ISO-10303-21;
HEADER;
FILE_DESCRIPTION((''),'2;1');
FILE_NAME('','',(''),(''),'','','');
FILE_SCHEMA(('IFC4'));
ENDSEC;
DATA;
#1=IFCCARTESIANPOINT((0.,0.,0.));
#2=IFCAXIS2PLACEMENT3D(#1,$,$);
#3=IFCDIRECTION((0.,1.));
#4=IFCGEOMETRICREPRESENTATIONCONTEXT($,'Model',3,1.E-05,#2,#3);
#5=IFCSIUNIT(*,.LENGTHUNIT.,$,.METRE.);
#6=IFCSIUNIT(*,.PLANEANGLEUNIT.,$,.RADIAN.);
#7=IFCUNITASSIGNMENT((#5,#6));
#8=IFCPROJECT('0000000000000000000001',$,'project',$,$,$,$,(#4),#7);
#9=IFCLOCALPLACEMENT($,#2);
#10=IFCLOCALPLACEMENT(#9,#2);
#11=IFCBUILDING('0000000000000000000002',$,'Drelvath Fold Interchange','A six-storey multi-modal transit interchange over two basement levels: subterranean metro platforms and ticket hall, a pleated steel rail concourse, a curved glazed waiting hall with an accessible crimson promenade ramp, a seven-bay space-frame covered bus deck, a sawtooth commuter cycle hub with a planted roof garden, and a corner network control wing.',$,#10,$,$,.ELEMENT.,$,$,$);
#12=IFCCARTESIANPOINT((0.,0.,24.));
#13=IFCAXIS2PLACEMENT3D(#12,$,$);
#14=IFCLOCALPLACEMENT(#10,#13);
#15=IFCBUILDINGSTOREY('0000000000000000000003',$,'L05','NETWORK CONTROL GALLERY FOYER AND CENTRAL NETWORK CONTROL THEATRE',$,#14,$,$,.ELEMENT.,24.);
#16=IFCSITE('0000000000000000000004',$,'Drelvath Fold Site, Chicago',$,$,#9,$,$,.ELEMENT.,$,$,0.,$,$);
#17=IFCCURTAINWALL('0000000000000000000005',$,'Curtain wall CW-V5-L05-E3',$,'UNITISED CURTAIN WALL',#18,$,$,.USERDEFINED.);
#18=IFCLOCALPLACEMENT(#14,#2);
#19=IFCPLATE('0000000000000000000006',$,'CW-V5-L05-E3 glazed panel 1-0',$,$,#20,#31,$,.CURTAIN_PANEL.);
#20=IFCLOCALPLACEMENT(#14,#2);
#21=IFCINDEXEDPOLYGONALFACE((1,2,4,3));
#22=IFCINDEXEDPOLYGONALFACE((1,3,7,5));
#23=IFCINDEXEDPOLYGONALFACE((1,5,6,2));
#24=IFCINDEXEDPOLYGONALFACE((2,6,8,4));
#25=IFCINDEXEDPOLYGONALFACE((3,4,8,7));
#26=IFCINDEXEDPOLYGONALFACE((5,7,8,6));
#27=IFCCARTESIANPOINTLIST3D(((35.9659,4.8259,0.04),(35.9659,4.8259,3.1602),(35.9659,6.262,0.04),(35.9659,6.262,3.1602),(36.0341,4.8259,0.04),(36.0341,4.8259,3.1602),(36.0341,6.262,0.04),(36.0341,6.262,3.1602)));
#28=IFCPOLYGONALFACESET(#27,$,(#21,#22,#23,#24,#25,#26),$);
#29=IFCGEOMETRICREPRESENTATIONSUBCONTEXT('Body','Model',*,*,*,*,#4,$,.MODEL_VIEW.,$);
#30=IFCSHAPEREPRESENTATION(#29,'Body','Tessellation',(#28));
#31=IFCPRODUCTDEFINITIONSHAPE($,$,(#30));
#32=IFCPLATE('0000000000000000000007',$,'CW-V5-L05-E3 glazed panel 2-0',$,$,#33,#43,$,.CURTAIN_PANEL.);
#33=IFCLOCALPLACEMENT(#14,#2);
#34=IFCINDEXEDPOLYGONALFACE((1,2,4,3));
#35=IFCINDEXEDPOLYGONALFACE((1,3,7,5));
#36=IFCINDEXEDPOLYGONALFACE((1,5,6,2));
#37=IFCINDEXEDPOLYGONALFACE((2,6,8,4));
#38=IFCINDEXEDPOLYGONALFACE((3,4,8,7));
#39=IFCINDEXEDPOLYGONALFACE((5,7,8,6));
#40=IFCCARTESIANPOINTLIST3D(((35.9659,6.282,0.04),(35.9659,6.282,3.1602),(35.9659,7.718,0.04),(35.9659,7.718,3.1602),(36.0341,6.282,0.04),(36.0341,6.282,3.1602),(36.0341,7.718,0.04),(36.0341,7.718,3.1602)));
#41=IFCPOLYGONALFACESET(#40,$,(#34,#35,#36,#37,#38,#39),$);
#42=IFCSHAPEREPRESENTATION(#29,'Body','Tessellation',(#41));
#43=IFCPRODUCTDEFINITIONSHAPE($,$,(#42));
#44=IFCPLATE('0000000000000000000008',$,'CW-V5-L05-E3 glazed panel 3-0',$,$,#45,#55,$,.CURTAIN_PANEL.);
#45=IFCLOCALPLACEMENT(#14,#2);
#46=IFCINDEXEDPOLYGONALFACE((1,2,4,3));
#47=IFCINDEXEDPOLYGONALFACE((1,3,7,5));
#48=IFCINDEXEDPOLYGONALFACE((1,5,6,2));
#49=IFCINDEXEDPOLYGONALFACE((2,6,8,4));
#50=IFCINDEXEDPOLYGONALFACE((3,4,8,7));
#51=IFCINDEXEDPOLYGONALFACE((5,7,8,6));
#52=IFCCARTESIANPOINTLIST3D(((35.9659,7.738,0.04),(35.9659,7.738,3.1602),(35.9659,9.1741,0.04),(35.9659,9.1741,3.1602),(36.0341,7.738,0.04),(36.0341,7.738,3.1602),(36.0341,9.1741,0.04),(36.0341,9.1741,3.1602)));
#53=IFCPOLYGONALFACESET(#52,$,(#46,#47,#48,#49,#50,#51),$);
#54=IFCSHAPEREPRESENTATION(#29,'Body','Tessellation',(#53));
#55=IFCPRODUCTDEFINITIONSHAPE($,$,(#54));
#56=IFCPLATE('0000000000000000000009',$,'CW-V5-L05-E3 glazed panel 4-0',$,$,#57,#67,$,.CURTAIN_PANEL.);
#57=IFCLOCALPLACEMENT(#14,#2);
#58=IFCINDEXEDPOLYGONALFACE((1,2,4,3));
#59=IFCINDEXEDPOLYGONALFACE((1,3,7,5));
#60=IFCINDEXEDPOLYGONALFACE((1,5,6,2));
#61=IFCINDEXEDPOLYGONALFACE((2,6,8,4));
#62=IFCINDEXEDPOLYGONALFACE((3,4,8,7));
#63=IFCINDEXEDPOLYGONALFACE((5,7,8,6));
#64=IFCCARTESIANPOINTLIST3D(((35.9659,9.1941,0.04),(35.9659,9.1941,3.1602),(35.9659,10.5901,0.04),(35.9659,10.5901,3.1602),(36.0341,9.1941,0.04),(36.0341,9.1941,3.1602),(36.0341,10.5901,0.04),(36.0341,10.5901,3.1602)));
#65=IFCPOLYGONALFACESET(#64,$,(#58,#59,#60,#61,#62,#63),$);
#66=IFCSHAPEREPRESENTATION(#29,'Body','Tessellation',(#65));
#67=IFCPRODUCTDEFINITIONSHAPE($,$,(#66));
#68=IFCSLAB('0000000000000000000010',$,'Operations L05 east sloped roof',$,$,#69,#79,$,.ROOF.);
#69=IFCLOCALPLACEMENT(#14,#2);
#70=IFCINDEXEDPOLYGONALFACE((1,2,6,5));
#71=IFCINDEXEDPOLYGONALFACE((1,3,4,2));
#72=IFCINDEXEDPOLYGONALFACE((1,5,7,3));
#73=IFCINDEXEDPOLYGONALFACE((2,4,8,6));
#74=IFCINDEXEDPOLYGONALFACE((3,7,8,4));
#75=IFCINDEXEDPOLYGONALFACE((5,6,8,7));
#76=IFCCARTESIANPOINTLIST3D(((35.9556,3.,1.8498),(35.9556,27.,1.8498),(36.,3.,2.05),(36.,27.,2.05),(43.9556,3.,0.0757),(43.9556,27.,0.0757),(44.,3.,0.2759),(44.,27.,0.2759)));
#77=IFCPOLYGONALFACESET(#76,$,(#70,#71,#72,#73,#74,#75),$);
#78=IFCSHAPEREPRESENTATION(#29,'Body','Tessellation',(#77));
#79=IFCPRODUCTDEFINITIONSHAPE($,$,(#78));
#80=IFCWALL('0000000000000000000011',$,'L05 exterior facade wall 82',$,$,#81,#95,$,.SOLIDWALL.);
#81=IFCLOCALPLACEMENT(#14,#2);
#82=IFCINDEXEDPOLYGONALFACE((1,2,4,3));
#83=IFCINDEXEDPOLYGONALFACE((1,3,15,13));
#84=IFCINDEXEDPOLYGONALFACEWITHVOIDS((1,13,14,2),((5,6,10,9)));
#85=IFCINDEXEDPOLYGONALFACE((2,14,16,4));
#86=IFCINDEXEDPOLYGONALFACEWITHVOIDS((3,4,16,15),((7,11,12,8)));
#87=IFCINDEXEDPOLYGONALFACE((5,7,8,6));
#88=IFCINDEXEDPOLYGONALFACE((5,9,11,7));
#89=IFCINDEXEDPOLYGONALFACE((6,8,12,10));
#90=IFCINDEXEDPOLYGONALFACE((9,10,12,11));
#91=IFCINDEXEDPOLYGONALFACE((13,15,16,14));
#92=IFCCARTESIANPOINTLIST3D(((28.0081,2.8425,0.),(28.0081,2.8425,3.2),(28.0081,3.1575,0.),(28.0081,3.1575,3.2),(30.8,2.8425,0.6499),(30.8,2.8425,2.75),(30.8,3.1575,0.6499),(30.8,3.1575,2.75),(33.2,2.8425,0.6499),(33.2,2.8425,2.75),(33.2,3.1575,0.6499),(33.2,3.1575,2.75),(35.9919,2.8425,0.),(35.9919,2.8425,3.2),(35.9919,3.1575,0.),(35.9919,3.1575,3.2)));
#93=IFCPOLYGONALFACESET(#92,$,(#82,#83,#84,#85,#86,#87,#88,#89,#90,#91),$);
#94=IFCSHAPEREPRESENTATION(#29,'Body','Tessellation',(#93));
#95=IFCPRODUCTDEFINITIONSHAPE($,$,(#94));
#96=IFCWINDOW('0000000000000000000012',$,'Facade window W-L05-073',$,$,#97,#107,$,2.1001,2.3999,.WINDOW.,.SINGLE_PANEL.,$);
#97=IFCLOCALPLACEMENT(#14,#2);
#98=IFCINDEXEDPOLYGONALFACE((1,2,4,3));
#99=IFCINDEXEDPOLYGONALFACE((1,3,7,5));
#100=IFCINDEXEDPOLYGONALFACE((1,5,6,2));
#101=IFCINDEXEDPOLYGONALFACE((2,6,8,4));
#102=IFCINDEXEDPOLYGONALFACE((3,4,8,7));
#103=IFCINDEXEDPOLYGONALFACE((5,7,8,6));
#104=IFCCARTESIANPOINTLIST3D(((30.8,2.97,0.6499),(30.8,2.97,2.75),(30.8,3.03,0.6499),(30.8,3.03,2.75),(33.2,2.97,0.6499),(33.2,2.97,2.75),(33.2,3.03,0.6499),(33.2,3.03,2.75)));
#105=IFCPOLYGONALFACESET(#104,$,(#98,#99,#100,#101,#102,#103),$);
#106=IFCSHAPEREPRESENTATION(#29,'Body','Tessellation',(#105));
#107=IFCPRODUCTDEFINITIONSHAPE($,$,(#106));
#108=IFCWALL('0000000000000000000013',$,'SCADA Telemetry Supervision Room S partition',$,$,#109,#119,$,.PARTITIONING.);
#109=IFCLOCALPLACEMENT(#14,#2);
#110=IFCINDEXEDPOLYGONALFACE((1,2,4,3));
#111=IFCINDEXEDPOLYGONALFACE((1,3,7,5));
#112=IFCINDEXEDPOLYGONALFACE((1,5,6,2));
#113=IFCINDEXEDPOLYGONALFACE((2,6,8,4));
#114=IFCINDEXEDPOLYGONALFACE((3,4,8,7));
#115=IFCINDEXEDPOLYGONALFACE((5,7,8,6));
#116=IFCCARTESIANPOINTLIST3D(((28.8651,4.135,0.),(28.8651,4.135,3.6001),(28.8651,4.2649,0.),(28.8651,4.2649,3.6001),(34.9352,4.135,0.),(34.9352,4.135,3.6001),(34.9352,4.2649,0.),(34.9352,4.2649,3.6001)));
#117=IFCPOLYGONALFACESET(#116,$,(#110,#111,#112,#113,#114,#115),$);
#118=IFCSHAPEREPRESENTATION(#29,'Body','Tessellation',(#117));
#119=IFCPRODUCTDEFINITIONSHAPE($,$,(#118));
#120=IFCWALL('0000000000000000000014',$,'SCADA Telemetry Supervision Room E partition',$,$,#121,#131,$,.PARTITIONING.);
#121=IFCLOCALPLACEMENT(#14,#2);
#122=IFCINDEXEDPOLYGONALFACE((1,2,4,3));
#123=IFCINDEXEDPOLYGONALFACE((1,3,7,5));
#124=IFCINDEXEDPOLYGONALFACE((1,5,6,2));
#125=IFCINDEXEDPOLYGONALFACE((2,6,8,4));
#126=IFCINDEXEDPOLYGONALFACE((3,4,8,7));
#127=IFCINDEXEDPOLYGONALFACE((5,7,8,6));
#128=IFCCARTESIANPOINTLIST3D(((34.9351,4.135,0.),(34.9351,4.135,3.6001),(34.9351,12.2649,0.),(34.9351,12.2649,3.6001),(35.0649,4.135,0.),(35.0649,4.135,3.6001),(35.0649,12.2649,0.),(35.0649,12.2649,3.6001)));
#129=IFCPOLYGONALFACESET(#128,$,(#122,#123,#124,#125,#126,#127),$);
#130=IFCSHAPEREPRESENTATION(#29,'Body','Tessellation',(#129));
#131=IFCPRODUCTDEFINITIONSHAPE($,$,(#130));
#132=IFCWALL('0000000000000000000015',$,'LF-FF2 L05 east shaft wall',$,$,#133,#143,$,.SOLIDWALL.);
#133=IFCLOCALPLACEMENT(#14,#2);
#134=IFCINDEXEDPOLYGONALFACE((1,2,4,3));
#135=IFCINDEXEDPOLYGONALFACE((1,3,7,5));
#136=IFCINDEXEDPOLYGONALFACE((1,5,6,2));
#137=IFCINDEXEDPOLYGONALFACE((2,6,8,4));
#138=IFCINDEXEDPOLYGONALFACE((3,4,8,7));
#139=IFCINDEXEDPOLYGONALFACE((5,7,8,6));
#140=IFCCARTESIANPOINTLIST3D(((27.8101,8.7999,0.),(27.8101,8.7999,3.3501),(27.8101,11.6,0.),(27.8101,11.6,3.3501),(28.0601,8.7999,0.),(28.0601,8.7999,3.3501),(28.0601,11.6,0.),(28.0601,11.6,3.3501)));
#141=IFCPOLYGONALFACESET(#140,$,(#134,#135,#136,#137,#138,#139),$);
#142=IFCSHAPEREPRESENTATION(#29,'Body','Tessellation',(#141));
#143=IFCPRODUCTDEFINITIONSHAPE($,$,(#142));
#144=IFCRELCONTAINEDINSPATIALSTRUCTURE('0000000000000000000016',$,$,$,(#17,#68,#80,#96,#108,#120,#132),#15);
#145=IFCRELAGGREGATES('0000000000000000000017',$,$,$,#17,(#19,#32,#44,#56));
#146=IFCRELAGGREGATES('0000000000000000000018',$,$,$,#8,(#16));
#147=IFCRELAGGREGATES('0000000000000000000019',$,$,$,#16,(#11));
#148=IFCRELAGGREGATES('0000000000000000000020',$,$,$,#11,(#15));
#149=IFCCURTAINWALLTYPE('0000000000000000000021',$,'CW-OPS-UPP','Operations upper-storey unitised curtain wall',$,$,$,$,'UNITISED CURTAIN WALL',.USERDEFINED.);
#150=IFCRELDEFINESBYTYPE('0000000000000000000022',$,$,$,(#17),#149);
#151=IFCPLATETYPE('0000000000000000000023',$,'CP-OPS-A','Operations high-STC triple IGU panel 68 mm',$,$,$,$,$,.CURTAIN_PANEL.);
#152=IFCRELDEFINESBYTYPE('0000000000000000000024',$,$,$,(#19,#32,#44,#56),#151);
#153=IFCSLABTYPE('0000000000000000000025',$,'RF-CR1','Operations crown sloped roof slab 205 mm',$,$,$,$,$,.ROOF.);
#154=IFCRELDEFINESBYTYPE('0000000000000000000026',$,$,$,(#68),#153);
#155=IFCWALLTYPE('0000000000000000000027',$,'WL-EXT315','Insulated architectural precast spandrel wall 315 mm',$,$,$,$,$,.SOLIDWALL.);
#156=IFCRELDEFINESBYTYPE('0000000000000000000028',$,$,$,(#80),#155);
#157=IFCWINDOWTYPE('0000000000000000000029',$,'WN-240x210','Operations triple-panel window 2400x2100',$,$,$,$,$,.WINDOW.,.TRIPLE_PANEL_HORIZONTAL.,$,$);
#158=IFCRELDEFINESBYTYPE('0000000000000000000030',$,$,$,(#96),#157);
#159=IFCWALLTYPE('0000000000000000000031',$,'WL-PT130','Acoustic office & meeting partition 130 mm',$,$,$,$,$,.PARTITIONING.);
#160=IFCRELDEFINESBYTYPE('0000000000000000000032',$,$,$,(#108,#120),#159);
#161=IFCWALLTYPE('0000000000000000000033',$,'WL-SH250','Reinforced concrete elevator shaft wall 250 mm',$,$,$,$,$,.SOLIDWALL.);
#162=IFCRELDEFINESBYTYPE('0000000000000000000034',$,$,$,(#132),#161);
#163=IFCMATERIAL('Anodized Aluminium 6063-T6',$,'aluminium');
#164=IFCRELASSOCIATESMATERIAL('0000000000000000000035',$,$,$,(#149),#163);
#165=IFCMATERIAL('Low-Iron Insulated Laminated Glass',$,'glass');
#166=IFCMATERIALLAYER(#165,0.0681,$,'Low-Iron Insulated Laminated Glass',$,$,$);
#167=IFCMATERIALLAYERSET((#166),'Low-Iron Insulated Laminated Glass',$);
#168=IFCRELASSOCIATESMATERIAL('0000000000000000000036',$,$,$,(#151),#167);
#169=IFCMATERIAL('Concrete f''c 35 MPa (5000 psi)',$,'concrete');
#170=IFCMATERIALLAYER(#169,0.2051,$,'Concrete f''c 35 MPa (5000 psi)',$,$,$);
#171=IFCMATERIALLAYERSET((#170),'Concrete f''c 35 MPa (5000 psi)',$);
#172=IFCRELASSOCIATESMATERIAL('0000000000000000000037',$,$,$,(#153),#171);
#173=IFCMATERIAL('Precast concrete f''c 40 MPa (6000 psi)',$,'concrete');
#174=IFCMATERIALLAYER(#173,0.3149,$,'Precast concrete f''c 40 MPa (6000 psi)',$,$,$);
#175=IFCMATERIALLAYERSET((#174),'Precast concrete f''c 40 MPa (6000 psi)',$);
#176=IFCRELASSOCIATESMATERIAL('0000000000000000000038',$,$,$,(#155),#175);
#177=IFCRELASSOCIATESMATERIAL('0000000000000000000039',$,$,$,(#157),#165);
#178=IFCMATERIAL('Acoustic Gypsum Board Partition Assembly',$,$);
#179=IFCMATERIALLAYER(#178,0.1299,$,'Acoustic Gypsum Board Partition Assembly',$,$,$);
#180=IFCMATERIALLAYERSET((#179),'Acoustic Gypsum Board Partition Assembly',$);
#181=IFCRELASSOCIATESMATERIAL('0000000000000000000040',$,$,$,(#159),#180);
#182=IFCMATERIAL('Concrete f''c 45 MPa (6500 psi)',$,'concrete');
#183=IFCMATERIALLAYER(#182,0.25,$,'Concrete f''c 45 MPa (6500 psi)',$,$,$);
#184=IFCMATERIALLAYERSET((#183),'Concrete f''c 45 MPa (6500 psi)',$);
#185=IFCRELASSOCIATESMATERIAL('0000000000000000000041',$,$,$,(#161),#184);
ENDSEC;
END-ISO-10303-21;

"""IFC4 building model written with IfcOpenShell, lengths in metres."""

from ifc_helpers import new_model, si_unit, direction, frame, frame_2d, origin, origin_2d, place, context, subcontext, project, spatial, polyline, rectangle, outline, extrude, material, layer, layer_set, type_object, element, fill, aggregate, save


model = new_model("IFC4")

# Units and contexts
model_context = context("Model", 3, precision=1e-05, world=origin(), true_north=direction((0.0, 1.0)))
body_context = subcontext(model_context, "Body", "Model", "MODEL_VIEW")
ifc_project = project(units=[si_unit("LENGTHUNIT", "METRE"), si_unit("PLANEANGLEUNIT", "RADIAN")], contexts=[model_context])

# Site, building, storey
site_placement = place(None, origin())
site = spatial("IfcSite", under=ifc_project, at=site_placement, Name="Drelvath Fold Site, Chicago", CompositionType="ELEMENT", RefElevation=0.0)
building_placement = place(site_placement, origin())
building = spatial("IfcBuilding", under=site, at=building_placement, Name="Drelvath Fold Interchange", Description="A six-storey multi-modal transit interchange over two basement levels: subterranean metro platforms and ticket hall, a pleated steel rail concourse, a curved glazed waiting hall with an accessible crimson promenade ramp, a seven-bay space-frame covered bus deck, a sawtooth commuter cycle hub with a planted roof garden, and a corner network control wing.", CompositionType="ELEMENT")
storey_placement = place(building_placement, frame((0.0, 0.0, 24.0)))
storey = spatial("IfcBuildingStorey", under=building, at=storey_placement, Name="L05", Description="NETWORK CONTROL GALLERY FOYER AND CENTRAL NETWORK CONTROL THEATRE", CompositionType="ELEMENT", Elevation=24.0)

# Curtain wall, plates
ifc_material_1 = material(Name="Anodized Aluminium 6063-T6", Category="aluminium")
curtain_wall_type = type_object("IfcCurtainWallType", Name="CW-OPS-UPP", Description="Operations upper-storey unitised curtain wall", ElementType="UNITISED CURTAIN WALL", PredefinedType="USERDEFINED", material=ifc_material_1)
curtain_wall_placement = place(storey_placement, origin())
curtain_wall = element("IfcCurtainWall", 1, at=curtain_wall_placement, inside=storey, type_object=curtain_wall_type, Name="Curtain wall CW-V5-L05-E3", ObjectType="UNITISED CURTAIN WALL", PredefinedType="USERDEFINED")
ifc_material_2 = material(Name="Low-Iron Insulated Laminated Glass", Category="glass")
ifc_layer_1 = layer(ifc_material_2, 0.0681, Name="Low-Iron Insulated Laminated Glass")
ifc_layer_set_1 = layer_set([ifc_layer_1], Name="Low-Iron Insulated Laminated Glass")
plate_type = type_object("IfcPlateType", Name="CP-OPS-A", Description="Operations high-STC triple IGU panel 68 mm", PredefinedType="CURTAIN_PANEL", material=ifc_layer_set_1)
plate_1_placement = place(storey_placement, frame((36.0, 5.5439, 0.04), z_axis=(0.0, 0.0, 1.0), x_axis=(0.0, 1.0, 0.0)))
plate_1 = element("IfcPlate", 2, at=plate_1_placement, type_object=plate_type, Name="CW-V5-L05-E3 glazed panel 1-0", PredefinedType="CURTAIN_PANEL", context=body_context, shape_type="SweptSolid", body=[
    extrude(rectangle(XDim=1.436, YDim=0.0681, at=origin_2d()), origin(), (0.0, 0.0, 1.0), 3.1201),
])
plate_2_placement = place(storey_placement, frame((36.0, 7.0, 0.04), z_axis=(0.0, 0.0, 1.0), x_axis=(0.0, 1.0, 0.0)))
plate_2 = element("IfcPlate", 3, at=plate_2_placement, type_object=plate_type, Name="CW-V5-L05-E3 glazed panel 2-0", PredefinedType="CURTAIN_PANEL", context=body_context, shape_type="SweptSolid", body=[
    extrude(rectangle(XDim=1.436, YDim=0.0681, at=origin_2d()), origin(), (0.0, 0.0, 1.0), 3.1201),
])
plate_3_placement = place(storey_placement, frame((36.0, 8.4561, 0.04), z_axis=(0.0, 0.0, 1.0), x_axis=(0.0, 1.0, 0.0)))
plate_3 = element("IfcPlate", 4, at=plate_3_placement, type_object=plate_type, Name="CW-V5-L05-E3 glazed panel 3-0", PredefinedType="CURTAIN_PANEL", context=body_context, shape_type="SweptSolid", body=[
    extrude(rectangle(XDim=1.436, YDim=0.0681, at=origin_2d()), origin(), (0.0, 0.0, 1.0), 3.1201),
])
plate_4_placement = place(storey_placement, frame((36.0, 9.8921, 0.04), z_axis=(0.0, 0.0, 1.0), x_axis=(0.0, 1.0, 0.0)))
plate_4 = element("IfcPlate", 5, at=plate_4_placement, type_object=plate_type, Name="CW-V5-L05-E3 glazed panel 4-0", PredefinedType="CURTAIN_PANEL", context=body_context, shape_type="SweptSolid", body=[
    extrude(rectangle(XDim=1.396, YDim=0.0681, at=origin_2d()), origin(), (0.0, 0.0, 1.0), 3.1201),
])
aggregate(curtain_wall, [plate_1, plate_2, plate_3, plate_4])

# Slab
ifc_material_3 = material(Name="Concrete f'c 35 MPa (5000 psi)", Category="concrete")
ifc_layer_2 = layer(ifc_material_3, 0.2051, Name="Concrete f'c 35 MPa (5000 psi)")
ifc_layer_set_2 = layer_set([ifc_layer_2], Name="Concrete f'c 35 MPa (5000 psi)")
slab_type = type_object("IfcSlabType", Name="RF-CR1", Description="Operations crown sloped roof slab 205 mm", PredefinedType="ROOF", material=ifc_layer_set_2)
slab_placement = place(storey_placement, frame((36.0, 3.0, 2.05), z_axis=(0.216511, 0.0, 0.97628), x_axis=(0.97628, 0.0, -0.216511)))
element("IfcSlab", 6, at=slab_placement, inside=storey, type_object=slab_type, Name="Operations L05 east sloped roof", PredefinedType="ROOF", context=body_context, shape_type="SweptSolid", body=[
    extrude(outline(polyline([(0.0, 0.0), (8.1944, 0.0), (8.1944, 24.0), (0.0, 24.0), (0.0, 0.0)])), origin(), (0.0, 0.0, -1.0), 0.2051),
])

# Wall, opening, window
ifc_material_4 = material(Name="Precast concrete f'c 40 MPa (6000 psi)", Category="concrete")
ifc_layer_3 = layer(ifc_material_4, 0.3149, Name="Precast concrete f'c 40 MPa (6000 psi)")
ifc_layer_set_3 = layer_set([ifc_layer_3], Name="Precast concrete f'c 40 MPa (6000 psi)")
wall_type_1 = type_object("IfcWallType", Name="WL-EXT315", Description="Insulated architectural precast spandrel wall 315 mm", PredefinedType="SOLIDWALL", material=ifc_layer_set_3)
wall_1_placement = place(storey_placement, frame((28.0081, 3.0, 0.0), z_axis=(0.0, 0.0, 1.0), x_axis=(1.0, 0.0, 0.0)))
wall_1 = element("IfcWall", 7, at=wall_1_placement, inside=storey, type_object=wall_type_1, Name="L05 exterior facade wall 82", PredefinedType="SOLIDWALL", context=body_context, shape_type="SweptSolid", body=[
    extrude(rectangle(XDim=7.9839, YDim=0.3149, at=frame_2d((3.9919, 0.0))), origin(), (0.0, 0.0, 1.0), 3.2),
])
opening_1_placement = place(wall_1_placement, frame((2.792, 0.0, 0.6499)))
opening_1 = element("IfcOpeningElement", 8, at=opening_1_placement, cuts=wall_1, PredefinedType="OPENING", context=body_context, shape_type="SweptSolid", body=[
    extrude(rectangle(XDim=2.3999, YDim=2.1001, at=frame_2d((1.2, 1.05))), frame((0.0, 0.1675, 0.0), z_axis=(0.0, -1.0, 0.0), x_axis=(1.0, 0.0, 0.0)), (0.0, 0.0, 1.0), 0.335),
])
window_type = type_object("IfcWindowType", Name="WN-240x210", Description="Operations triple-panel window 2400x2100", PartitioningType="TRIPLE_PANEL_HORIZONTAL", PredefinedType="WINDOW", material=ifc_material_2)
window_placement = place(opening_1_placement, origin())
window = element("IfcWindow", 9, at=window_placement, inside=storey, type_object=window_type, Name="Facade window W-L05-073", OverallHeight=2.1001, OverallWidth=2.3999, PartitioningType="SINGLE_PANEL", PredefinedType="WINDOW", context=body_context, shape_type="SweptSolid", body=[
    extrude(rectangle(XDim=2.3999, YDim=2.1001, at=frame_2d((1.2, 1.05))), frame((0.0, 0.03, 0.0), z_axis=(0.0, -1.0, 0.0), x_axis=(1.0, 0.0, 0.0)), (0.0, 0.0, 1.0), 0.0601),
])
fill(opening_1, window)

# Shared definitions
ifc_material_5 = material(Name="Concrete f'c 45 MPa (6500 psi)", Category="concrete")

# Walls
ifc_material_6 = material(Name="Acoustic Gypsum Board Partition Assembly")
ifc_layer_4 = layer(ifc_material_6, 0.1299, Name="Acoustic Gypsum Board Partition Assembly")
ifc_layer_set_4 = layer_set([ifc_layer_4], Name="Acoustic Gypsum Board Partition Assembly")
wall_type_2 = type_object("IfcWallType", Name="WL-PT130", Description="Acoustic office & meeting partition 130 mm", PredefinedType="PARTITIONING", material=ifc_layer_set_4)
wall_2_placement = place(storey_placement, frame((28.865, 4.2, 0.0), z_axis=(0.0, 0.0, 1.0), x_axis=(1.0, 0.0, 0.0)))
element("IfcWall", 10, at=wall_2_placement, inside=storey, type_object=wall_type_2, Name="SCADA Telemetry Supervision Room S partition", PredefinedType="PARTITIONING", context=body_context, shape_type="SweptSolid", body=[
    extrude(rectangle(XDim=6.0701, YDim=0.1299, at=frame_2d((3.0352, 0.0))), origin(), (0.0, 0.0, 1.0), 3.6001),
])
wall_3_placement = place(storey_placement, frame((35.0, 4.135, 0.0), z_axis=(0.0, 0.0, 1.0), x_axis=(0.0, 1.0, 0.0)))
element("IfcWall", 11, at=wall_3_placement, inside=storey, type_object=wall_type_2, Name="SCADA Telemetry Supervision Room E partition", PredefinedType="PARTITIONING", context=body_context, shape_type="SweptSolid", body=[
    extrude(rectangle(XDim=8.1299, YDim=0.1299, at=frame_2d((4.0649, 0.0))), origin(), (0.0, 0.0, 1.0), 3.6001),
])
ifc_layer_5 = layer(ifc_material_5, 0.25, Name="Concrete f'c 45 MPa (6500 psi)")
ifc_layer_set_5 = layer_set([ifc_layer_5], Name="Concrete f'c 45 MPa (6500 psi)")
wall_type_3 = type_object("IfcWallType", Name="WL-SH250", Description="Reinforced concrete elevator shaft wall 250 mm", PredefinedType="SOLIDWALL", material=ifc_layer_set_5)
wall_4_placement = place(storey_placement, frame((27.9351, 8.8, 0.0), z_axis=(0.0, 0.0, 1.0), x_axis=(0.0, 1.0, 0.0)))
element("IfcWall", 12, at=wall_4_placement, inside=storey, type_object=wall_type_3, Name="LF-FF2 L05 east shaft wall", PredefinedType="SOLIDWALL", context=body_context, shape_type="SweptSolid", body=[
    extrude(rectangle(XDim=2.8, YDim=0.25, at=frame_2d((1.3999, 0.0))), origin(), (0.0, 0.0, 1.0), 3.3501),
])

save(model, "model.ifc")
